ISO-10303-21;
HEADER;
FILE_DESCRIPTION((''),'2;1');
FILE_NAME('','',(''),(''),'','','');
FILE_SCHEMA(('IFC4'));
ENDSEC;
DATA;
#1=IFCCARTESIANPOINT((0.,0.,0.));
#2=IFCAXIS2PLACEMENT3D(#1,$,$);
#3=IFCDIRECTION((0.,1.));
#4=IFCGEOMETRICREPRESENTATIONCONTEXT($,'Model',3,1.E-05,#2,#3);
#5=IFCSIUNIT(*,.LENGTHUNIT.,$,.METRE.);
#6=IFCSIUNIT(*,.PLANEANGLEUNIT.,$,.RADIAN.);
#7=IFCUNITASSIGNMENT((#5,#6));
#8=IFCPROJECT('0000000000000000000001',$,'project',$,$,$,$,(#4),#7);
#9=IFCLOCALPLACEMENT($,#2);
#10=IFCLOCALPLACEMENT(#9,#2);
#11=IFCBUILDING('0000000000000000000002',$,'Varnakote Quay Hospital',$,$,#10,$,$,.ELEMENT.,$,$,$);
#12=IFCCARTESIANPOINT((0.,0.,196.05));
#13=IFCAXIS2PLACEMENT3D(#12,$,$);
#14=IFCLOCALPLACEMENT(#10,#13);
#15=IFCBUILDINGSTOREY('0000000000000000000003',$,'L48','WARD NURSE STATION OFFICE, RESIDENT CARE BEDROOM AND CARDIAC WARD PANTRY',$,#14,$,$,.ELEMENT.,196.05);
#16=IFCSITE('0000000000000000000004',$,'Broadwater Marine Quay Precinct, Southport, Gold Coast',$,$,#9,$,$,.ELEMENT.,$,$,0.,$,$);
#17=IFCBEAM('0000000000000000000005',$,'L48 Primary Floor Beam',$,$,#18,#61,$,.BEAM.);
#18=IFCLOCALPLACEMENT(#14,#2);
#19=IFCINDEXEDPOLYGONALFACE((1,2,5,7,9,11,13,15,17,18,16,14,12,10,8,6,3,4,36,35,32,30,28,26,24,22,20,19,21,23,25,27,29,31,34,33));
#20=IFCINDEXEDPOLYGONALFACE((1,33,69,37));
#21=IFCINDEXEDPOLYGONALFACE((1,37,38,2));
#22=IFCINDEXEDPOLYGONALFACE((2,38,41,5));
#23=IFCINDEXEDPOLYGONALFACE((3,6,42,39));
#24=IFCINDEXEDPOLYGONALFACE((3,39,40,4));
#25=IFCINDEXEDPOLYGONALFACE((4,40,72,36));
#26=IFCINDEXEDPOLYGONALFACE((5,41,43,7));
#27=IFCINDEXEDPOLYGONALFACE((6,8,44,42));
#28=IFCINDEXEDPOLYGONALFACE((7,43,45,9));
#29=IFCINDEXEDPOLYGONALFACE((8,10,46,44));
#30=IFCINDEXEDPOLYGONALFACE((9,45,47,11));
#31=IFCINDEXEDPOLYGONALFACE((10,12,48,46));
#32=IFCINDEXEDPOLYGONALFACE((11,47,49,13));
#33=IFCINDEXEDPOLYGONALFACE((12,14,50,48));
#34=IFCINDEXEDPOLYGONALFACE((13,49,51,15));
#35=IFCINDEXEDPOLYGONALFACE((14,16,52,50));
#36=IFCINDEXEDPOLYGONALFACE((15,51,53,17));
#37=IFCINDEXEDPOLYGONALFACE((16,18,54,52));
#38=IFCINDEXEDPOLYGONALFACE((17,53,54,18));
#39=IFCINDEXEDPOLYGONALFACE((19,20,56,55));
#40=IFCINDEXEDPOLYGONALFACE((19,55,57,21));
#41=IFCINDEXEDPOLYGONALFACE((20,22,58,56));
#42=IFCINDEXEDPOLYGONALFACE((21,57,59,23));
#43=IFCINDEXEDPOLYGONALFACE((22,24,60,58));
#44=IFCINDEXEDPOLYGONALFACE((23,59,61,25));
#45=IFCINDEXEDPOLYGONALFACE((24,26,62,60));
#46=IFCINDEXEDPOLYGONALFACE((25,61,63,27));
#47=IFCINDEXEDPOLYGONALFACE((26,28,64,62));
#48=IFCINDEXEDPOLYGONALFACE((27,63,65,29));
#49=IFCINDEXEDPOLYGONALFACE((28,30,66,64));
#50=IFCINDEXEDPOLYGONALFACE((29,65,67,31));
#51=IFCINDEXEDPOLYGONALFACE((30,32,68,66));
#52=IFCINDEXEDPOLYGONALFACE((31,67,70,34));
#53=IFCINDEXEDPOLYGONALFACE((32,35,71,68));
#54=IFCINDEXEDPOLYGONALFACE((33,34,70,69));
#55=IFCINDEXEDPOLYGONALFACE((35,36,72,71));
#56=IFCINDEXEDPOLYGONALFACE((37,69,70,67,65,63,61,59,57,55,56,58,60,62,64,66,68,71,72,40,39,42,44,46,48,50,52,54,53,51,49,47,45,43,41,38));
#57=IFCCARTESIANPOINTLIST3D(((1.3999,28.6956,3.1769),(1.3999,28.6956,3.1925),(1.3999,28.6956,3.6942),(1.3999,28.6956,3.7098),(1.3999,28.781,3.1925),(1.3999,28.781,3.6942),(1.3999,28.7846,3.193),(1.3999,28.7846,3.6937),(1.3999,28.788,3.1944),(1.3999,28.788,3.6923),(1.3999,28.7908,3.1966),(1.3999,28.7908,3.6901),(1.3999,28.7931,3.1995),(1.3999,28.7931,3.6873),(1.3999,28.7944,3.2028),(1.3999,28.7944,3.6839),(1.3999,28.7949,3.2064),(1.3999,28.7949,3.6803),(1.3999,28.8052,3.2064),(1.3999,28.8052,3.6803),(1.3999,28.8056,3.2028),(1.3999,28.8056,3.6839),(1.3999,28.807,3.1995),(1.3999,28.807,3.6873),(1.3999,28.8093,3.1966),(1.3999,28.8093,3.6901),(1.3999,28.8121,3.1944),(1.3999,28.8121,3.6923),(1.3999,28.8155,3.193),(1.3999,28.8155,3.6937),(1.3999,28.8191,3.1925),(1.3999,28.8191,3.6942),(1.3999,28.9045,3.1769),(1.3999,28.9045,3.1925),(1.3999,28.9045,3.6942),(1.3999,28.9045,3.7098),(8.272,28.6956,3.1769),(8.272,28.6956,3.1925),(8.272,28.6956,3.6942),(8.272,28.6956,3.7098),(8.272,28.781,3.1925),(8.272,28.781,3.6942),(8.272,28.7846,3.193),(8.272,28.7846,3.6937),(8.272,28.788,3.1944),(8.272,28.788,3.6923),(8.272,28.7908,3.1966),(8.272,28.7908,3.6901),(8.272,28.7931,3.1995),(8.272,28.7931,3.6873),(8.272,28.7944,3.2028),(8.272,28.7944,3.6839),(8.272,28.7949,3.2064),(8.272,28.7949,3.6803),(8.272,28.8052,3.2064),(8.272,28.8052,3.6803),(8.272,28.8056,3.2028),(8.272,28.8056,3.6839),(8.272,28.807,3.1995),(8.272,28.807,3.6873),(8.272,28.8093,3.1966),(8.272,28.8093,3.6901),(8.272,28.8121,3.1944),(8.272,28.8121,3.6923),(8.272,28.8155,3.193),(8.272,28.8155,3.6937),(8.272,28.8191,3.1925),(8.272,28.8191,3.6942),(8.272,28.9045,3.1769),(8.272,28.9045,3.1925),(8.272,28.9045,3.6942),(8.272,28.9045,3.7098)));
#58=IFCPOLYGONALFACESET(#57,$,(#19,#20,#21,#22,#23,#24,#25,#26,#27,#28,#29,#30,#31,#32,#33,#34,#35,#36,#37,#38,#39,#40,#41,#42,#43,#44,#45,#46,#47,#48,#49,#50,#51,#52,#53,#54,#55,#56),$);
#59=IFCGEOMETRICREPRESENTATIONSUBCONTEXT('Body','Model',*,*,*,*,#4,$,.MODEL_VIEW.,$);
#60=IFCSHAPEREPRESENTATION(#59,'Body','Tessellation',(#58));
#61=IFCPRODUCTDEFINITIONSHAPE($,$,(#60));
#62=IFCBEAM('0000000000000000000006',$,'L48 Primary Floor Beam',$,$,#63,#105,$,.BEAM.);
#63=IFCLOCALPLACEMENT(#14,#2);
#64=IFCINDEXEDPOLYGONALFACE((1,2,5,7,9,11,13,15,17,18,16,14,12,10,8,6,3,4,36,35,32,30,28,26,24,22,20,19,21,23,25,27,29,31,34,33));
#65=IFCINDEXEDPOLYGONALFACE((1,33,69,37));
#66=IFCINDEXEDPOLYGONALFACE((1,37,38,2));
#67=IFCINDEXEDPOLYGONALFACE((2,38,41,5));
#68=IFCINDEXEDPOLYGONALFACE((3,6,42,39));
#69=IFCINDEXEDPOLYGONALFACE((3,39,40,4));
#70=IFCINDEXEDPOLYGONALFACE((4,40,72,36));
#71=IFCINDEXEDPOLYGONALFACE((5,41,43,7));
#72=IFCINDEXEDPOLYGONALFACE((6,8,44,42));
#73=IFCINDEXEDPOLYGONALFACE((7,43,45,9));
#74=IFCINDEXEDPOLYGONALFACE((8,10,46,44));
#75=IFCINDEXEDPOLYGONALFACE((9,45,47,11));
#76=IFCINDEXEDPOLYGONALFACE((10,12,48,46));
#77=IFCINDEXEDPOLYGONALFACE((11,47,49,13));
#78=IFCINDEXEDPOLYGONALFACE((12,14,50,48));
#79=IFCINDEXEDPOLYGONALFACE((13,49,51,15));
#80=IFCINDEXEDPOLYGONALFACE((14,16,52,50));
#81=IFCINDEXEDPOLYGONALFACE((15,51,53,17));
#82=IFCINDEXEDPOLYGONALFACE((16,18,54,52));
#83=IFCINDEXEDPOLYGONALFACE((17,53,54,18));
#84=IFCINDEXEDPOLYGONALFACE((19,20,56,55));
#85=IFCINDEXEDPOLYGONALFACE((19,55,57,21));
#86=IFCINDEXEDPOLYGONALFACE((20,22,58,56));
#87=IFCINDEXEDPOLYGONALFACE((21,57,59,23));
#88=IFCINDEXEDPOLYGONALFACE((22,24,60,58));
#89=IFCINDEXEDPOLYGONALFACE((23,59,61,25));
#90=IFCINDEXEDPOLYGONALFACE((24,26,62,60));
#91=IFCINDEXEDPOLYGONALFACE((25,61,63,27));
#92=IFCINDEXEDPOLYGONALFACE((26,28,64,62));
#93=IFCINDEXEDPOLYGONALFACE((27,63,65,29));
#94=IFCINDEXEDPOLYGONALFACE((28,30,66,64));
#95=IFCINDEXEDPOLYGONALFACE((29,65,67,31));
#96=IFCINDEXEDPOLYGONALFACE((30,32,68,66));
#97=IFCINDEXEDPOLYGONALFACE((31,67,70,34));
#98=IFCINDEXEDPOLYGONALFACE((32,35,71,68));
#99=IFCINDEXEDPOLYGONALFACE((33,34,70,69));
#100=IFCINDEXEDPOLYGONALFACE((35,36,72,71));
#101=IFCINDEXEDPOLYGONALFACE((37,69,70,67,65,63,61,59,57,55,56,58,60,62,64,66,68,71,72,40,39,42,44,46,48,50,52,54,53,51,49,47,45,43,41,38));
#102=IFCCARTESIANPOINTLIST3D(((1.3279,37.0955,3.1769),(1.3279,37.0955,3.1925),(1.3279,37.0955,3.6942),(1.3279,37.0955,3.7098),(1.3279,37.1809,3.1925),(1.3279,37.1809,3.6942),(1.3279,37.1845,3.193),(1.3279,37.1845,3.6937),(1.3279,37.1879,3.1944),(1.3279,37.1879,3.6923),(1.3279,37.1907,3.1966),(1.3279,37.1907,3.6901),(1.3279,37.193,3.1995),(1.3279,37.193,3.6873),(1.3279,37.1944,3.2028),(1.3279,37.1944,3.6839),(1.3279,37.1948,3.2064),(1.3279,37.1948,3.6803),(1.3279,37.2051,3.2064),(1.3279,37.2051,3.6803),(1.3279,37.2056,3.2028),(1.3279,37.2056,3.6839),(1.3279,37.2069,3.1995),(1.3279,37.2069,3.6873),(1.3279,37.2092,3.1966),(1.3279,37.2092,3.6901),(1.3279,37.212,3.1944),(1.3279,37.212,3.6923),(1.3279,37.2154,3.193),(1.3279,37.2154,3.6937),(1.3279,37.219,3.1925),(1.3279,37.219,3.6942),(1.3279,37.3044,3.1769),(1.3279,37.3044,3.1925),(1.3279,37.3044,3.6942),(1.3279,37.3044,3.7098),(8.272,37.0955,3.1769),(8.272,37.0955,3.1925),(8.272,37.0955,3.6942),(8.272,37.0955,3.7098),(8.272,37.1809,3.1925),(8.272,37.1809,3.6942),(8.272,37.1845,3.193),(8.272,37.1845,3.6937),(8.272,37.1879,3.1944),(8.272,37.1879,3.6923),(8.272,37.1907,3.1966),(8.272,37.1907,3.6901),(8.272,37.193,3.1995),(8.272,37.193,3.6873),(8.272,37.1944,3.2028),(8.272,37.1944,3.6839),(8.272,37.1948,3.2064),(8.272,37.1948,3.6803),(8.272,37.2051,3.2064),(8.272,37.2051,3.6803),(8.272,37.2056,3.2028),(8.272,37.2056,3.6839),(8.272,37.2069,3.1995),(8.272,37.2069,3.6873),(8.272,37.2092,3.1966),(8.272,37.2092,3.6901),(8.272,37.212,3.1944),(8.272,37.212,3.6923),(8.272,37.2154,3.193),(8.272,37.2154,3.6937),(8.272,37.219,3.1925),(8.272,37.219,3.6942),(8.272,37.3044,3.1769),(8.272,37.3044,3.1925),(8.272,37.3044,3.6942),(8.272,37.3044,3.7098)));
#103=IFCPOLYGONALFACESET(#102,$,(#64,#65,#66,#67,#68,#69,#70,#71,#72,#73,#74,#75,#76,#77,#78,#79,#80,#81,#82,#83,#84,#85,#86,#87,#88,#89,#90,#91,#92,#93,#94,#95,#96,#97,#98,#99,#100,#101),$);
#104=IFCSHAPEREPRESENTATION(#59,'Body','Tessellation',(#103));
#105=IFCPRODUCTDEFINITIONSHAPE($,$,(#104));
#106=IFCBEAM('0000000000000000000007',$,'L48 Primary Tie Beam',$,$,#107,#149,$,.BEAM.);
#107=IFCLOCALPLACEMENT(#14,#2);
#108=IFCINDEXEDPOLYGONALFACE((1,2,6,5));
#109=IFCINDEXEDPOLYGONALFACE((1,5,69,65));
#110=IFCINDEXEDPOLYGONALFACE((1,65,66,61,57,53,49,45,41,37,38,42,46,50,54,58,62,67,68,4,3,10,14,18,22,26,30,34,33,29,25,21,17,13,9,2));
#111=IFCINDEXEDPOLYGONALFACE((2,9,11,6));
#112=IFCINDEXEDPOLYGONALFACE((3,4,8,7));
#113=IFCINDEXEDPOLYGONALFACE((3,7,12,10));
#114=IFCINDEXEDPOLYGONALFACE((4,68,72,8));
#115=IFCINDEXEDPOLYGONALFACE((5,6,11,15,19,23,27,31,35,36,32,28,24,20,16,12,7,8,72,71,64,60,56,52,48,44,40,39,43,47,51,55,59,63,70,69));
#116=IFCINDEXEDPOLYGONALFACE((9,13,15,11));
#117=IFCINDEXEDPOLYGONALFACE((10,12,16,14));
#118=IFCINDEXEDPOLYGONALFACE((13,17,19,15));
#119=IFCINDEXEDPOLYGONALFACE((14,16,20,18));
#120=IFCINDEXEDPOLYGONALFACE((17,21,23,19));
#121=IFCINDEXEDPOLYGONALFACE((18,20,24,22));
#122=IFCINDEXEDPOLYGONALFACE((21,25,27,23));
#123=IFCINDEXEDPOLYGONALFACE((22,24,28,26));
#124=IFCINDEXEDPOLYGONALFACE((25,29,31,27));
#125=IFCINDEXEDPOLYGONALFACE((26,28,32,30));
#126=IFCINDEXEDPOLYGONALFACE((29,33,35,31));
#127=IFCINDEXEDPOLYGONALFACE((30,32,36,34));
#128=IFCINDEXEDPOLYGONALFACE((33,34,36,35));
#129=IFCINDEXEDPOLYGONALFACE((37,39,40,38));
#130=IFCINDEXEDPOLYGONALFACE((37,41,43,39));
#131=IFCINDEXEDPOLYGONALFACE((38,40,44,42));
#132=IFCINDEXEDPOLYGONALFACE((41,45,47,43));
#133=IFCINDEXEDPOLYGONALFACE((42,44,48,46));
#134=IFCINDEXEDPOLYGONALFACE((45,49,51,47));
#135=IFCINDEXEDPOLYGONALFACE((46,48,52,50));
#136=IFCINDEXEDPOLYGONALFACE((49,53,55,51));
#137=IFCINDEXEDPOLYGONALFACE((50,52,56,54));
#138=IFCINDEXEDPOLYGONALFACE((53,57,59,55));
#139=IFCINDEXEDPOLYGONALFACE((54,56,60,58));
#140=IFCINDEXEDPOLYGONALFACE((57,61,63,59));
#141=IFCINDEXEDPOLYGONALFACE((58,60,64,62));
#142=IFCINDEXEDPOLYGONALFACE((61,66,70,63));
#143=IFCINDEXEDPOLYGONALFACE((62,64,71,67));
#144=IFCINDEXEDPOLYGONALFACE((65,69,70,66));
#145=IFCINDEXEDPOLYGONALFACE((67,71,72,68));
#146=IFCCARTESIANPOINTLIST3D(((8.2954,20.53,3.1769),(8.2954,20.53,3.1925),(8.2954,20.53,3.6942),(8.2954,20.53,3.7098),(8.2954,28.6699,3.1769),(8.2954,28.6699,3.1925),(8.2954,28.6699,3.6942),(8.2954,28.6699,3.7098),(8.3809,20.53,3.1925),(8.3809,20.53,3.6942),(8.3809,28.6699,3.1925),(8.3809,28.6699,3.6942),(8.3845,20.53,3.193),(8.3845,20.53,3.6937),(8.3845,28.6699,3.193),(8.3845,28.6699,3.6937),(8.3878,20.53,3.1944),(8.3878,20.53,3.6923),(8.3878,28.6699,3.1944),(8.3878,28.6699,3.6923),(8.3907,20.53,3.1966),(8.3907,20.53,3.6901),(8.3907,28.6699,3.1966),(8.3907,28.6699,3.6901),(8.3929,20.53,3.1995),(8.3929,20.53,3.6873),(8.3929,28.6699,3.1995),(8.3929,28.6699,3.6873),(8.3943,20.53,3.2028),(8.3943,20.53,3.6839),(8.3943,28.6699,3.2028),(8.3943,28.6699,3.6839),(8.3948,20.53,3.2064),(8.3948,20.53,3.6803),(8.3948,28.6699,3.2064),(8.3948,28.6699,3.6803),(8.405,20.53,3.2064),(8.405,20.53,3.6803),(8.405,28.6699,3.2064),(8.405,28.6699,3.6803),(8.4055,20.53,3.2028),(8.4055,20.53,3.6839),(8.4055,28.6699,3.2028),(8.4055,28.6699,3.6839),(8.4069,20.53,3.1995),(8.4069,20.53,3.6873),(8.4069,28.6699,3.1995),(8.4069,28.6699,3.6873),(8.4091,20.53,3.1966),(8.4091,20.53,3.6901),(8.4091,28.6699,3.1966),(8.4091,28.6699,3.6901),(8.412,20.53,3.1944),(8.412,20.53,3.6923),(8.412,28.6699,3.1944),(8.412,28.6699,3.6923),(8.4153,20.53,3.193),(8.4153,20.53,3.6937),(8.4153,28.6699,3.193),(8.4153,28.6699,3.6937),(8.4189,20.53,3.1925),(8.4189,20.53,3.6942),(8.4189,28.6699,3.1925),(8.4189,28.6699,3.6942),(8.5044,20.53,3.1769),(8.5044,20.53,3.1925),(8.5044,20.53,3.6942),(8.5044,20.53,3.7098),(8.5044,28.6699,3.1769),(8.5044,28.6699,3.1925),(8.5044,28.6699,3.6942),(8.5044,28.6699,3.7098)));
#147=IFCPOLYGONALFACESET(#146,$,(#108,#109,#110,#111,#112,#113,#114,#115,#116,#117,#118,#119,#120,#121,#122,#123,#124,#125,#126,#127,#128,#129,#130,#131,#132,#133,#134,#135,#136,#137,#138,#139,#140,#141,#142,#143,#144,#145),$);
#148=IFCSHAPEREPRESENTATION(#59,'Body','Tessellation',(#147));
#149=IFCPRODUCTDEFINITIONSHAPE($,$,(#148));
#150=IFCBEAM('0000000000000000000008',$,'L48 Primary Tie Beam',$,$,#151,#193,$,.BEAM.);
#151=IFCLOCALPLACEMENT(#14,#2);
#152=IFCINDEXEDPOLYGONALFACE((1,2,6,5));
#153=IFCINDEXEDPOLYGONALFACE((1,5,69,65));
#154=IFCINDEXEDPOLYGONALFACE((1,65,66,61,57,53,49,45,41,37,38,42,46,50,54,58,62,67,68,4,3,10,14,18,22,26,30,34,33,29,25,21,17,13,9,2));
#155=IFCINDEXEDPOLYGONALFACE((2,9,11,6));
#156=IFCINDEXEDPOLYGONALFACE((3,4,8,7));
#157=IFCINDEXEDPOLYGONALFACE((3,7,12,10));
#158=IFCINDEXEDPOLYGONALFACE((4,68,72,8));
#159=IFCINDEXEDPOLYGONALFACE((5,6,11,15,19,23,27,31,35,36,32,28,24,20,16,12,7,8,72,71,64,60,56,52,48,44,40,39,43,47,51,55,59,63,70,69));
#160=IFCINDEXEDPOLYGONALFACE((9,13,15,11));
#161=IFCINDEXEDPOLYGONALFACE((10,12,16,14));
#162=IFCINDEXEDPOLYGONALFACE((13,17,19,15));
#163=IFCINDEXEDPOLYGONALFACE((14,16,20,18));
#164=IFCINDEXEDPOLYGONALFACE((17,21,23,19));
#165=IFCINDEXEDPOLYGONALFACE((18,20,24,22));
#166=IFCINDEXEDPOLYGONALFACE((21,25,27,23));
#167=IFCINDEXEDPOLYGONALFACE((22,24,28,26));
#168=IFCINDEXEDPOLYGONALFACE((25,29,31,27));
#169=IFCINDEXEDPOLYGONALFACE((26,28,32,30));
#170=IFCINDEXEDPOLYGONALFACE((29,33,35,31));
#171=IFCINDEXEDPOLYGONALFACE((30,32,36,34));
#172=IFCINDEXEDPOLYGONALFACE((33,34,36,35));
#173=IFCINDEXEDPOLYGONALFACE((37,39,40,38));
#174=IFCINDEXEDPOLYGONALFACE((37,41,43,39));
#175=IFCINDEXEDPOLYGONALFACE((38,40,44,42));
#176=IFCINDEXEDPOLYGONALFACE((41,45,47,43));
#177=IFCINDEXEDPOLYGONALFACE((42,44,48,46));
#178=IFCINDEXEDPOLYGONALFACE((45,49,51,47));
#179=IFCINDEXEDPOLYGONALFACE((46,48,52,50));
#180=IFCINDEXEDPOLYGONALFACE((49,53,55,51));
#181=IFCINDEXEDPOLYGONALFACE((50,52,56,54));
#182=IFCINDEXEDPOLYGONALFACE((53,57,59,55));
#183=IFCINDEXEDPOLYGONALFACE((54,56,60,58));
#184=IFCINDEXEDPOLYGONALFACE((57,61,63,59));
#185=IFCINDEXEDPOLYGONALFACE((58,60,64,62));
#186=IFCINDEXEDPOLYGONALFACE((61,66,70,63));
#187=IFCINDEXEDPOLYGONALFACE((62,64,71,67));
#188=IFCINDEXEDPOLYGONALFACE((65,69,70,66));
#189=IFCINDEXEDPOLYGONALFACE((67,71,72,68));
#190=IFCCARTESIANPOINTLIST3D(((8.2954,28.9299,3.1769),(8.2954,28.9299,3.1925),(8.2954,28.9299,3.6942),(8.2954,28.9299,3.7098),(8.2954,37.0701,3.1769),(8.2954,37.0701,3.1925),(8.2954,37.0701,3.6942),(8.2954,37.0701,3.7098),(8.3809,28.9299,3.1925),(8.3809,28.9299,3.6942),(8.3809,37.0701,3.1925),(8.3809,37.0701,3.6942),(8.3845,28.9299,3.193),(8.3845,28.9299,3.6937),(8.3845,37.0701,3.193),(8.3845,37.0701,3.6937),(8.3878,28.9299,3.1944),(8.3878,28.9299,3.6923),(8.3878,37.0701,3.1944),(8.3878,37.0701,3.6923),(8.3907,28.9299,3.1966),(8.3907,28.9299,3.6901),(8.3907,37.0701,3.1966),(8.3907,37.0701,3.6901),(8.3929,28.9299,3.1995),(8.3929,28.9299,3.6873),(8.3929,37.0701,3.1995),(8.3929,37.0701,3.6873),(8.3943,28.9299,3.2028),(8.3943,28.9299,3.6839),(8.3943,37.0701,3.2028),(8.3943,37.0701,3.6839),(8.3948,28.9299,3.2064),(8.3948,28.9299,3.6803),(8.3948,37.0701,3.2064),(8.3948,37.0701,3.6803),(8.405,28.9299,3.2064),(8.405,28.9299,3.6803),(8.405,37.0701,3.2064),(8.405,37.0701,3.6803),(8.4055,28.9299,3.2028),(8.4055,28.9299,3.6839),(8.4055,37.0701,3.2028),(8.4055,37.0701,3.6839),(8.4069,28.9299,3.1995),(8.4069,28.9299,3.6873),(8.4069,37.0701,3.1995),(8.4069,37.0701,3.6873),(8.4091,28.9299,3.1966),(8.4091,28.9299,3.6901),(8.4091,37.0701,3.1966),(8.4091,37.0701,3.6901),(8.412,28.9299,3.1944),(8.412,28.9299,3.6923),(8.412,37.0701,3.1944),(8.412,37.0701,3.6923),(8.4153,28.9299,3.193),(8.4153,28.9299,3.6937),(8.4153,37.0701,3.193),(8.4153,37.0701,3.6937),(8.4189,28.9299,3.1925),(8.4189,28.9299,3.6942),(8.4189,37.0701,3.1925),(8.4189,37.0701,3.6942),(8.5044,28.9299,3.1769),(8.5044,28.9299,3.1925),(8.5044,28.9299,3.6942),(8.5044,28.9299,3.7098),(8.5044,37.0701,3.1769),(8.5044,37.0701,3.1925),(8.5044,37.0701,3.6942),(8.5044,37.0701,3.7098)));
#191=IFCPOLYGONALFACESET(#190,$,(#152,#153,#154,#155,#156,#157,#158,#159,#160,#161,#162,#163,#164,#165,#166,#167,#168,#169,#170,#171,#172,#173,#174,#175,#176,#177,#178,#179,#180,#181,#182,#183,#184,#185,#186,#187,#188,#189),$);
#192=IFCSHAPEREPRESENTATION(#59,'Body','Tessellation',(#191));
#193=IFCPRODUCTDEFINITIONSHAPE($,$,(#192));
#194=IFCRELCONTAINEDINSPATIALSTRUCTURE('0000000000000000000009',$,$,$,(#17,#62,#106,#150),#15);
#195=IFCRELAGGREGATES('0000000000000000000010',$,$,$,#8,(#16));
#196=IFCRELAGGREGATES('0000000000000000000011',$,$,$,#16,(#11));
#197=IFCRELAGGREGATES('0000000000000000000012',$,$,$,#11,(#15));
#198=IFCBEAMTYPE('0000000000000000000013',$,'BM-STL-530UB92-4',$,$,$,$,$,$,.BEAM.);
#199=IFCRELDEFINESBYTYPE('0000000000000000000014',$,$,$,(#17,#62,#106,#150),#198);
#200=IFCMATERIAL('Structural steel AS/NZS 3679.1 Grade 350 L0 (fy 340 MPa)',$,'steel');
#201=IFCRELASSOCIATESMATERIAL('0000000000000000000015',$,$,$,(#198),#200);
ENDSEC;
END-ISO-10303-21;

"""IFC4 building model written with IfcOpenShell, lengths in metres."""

from ifc_helpers import new_model, si_unit, direction, frame, origin, origin_2d, place, context, subcontext, project, spatial, i_section, extrude, material, material_profile, profile_set, type_object, element, save


model = new_model("IFC4")

# Units and contexts
model_context = context("Model", 3, precision=1e-05, world=origin(), true_north=direction((0.0, 1.0)))
body_context = subcontext(model_context, "Body", "Model", "MODEL_VIEW")
ifc_project = project(units=[si_unit("LENGTHUNIT", "METRE"), si_unit("PLANEANGLEUNIT", "RADIAN")], contexts=[model_context])

# Site, building, storey
site_placement = place(None, origin())
site = spatial("IfcSite", under=ifc_project, at=site_placement, Name="Broadwater Marine Quay Precinct, Southport, Gold Coast", CompositionType="ELEMENT", RefElevation=0.0)
building_placement = place(site_placement, origin())
building = spatial("IfcBuilding", under=site, at=building_placement, Name="Varnakote Quay Hospital", CompositionType="ELEMENT")
storey_placement = place(building_placement, frame((0.0, 0.0, 196.05)))
storey = spatial("IfcBuildingStorey", under=building, at=storey_placement, Name="L48", Description="WARD NURSE STATION OFFICE, RESIDENT CARE BEDROOM AND CARDIAC WARD PANTRY", CompositionType="ELEMENT", Elevation=196.05)

# Beams
ifc_material_1 = material(Name="Structural steel AS/NZS 3679.1 Grade 350 L0 (fy 340 MPa)", Category="steel")
ifc_material_profile_1 = material_profile(ifc_material_1, i_section(OverallWidth=0.209, OverallDepth=0.533, WebThickness=0.0103, FlangeThickness=0.0156, FilletRadius=0.0139, at=origin_2d()), Name="530UB92.4")
ifc_profile_set_1 = profile_set([ifc_material_profile_1], Name="Structural steel AS/NZS 3679.1 Grade 350 L0 (fy 340 MPa)")
beam_type_1 = type_object("IfcBeamType", Name="BM-STL-530UB92-4", PredefinedType="BEAM", material=ifc_profile_set_1)
beam_1_placement = place(storey_placement, frame((1.3999, 28.8, 3.4434), z_axis=(1.0, 0.0, 0.0), x_axis=(0.0, 1.0, 0.0)))
element("IfcBeam", 1, at=beam_1_placement, inside=storey, type_object=beam_type_1, Name="L48 Primary Floor Beam", PredefinedType="BEAM", context=body_context, shape_type="SweptSolid", body=[
    extrude(i_section(OverallWidth=0.209, OverallDepth=0.533, WebThickness=0.0103, FlangeThickness=0.0156, FilletRadius=0.0139, at=origin_2d()), origin(), (0.0, 0.0, 1.0), 6.8721),
])
beam_2_placement = place(storey_placement, frame((1.3279, 37.2, 3.4434), z_axis=(1.0, 0.0, 0.0), x_axis=(0.0, 1.0, 0.0)))
element("IfcBeam", 2, at=beam_2_placement, inside=storey, type_object=beam_type_1, Name="L48 Primary Floor Beam", PredefinedType="BEAM", context=body_context, shape_type="SweptSolid", body=[
    extrude(i_section(OverallWidth=0.209, OverallDepth=0.533, WebThickness=0.0103, FlangeThickness=0.0156, FilletRadius=0.0139, at=origin_2d()), origin(), (0.0, 0.0, 1.0), 6.9441),
])
beam_3_placement = place(storey_placement, frame((8.3999, 20.53, 3.4434), z_axis=(0.0, 1.0, 0.0), x_axis=(-1.0, 0.0, 0.0)))
element("IfcBeam", 3, at=beam_3_placement, inside=storey, type_object=beam_type_1, Name="L48 Primary Tie Beam", PredefinedType="BEAM", context=body_context, shape_type="SweptSolid", body=[
    extrude(i_section(OverallWidth=0.209, OverallDepth=0.533, WebThickness=0.0103, FlangeThickness=0.0156, FilletRadius=0.0139, at=origin_2d()), origin(), (0.0, 0.0, 1.0), 8.1399),
])
beam_4_placement = place(storey_placement, frame((8.3999, 28.9299, 3.4434), z_axis=(0.0, 1.0, 0.0), x_axis=(-1.0, 0.0, 0.0)))
element("IfcBeam", 4, at=beam_4_placement, inside=storey, type_object=beam_type_1, Name="L48 Primary Tie Beam", PredefinedType="BEAM", context=body_context, shape_type="SweptSolid", body=[
    extrude(i_section(OverallWidth=0.209, OverallDepth=0.533, WebThickness=0.0103, FlangeThickness=0.0156, FilletRadius=0.0139, at=origin_2d()), origin(), (0.0, 0.0, 1.0), 8.1401),
])

save(model, "model.ifc")
